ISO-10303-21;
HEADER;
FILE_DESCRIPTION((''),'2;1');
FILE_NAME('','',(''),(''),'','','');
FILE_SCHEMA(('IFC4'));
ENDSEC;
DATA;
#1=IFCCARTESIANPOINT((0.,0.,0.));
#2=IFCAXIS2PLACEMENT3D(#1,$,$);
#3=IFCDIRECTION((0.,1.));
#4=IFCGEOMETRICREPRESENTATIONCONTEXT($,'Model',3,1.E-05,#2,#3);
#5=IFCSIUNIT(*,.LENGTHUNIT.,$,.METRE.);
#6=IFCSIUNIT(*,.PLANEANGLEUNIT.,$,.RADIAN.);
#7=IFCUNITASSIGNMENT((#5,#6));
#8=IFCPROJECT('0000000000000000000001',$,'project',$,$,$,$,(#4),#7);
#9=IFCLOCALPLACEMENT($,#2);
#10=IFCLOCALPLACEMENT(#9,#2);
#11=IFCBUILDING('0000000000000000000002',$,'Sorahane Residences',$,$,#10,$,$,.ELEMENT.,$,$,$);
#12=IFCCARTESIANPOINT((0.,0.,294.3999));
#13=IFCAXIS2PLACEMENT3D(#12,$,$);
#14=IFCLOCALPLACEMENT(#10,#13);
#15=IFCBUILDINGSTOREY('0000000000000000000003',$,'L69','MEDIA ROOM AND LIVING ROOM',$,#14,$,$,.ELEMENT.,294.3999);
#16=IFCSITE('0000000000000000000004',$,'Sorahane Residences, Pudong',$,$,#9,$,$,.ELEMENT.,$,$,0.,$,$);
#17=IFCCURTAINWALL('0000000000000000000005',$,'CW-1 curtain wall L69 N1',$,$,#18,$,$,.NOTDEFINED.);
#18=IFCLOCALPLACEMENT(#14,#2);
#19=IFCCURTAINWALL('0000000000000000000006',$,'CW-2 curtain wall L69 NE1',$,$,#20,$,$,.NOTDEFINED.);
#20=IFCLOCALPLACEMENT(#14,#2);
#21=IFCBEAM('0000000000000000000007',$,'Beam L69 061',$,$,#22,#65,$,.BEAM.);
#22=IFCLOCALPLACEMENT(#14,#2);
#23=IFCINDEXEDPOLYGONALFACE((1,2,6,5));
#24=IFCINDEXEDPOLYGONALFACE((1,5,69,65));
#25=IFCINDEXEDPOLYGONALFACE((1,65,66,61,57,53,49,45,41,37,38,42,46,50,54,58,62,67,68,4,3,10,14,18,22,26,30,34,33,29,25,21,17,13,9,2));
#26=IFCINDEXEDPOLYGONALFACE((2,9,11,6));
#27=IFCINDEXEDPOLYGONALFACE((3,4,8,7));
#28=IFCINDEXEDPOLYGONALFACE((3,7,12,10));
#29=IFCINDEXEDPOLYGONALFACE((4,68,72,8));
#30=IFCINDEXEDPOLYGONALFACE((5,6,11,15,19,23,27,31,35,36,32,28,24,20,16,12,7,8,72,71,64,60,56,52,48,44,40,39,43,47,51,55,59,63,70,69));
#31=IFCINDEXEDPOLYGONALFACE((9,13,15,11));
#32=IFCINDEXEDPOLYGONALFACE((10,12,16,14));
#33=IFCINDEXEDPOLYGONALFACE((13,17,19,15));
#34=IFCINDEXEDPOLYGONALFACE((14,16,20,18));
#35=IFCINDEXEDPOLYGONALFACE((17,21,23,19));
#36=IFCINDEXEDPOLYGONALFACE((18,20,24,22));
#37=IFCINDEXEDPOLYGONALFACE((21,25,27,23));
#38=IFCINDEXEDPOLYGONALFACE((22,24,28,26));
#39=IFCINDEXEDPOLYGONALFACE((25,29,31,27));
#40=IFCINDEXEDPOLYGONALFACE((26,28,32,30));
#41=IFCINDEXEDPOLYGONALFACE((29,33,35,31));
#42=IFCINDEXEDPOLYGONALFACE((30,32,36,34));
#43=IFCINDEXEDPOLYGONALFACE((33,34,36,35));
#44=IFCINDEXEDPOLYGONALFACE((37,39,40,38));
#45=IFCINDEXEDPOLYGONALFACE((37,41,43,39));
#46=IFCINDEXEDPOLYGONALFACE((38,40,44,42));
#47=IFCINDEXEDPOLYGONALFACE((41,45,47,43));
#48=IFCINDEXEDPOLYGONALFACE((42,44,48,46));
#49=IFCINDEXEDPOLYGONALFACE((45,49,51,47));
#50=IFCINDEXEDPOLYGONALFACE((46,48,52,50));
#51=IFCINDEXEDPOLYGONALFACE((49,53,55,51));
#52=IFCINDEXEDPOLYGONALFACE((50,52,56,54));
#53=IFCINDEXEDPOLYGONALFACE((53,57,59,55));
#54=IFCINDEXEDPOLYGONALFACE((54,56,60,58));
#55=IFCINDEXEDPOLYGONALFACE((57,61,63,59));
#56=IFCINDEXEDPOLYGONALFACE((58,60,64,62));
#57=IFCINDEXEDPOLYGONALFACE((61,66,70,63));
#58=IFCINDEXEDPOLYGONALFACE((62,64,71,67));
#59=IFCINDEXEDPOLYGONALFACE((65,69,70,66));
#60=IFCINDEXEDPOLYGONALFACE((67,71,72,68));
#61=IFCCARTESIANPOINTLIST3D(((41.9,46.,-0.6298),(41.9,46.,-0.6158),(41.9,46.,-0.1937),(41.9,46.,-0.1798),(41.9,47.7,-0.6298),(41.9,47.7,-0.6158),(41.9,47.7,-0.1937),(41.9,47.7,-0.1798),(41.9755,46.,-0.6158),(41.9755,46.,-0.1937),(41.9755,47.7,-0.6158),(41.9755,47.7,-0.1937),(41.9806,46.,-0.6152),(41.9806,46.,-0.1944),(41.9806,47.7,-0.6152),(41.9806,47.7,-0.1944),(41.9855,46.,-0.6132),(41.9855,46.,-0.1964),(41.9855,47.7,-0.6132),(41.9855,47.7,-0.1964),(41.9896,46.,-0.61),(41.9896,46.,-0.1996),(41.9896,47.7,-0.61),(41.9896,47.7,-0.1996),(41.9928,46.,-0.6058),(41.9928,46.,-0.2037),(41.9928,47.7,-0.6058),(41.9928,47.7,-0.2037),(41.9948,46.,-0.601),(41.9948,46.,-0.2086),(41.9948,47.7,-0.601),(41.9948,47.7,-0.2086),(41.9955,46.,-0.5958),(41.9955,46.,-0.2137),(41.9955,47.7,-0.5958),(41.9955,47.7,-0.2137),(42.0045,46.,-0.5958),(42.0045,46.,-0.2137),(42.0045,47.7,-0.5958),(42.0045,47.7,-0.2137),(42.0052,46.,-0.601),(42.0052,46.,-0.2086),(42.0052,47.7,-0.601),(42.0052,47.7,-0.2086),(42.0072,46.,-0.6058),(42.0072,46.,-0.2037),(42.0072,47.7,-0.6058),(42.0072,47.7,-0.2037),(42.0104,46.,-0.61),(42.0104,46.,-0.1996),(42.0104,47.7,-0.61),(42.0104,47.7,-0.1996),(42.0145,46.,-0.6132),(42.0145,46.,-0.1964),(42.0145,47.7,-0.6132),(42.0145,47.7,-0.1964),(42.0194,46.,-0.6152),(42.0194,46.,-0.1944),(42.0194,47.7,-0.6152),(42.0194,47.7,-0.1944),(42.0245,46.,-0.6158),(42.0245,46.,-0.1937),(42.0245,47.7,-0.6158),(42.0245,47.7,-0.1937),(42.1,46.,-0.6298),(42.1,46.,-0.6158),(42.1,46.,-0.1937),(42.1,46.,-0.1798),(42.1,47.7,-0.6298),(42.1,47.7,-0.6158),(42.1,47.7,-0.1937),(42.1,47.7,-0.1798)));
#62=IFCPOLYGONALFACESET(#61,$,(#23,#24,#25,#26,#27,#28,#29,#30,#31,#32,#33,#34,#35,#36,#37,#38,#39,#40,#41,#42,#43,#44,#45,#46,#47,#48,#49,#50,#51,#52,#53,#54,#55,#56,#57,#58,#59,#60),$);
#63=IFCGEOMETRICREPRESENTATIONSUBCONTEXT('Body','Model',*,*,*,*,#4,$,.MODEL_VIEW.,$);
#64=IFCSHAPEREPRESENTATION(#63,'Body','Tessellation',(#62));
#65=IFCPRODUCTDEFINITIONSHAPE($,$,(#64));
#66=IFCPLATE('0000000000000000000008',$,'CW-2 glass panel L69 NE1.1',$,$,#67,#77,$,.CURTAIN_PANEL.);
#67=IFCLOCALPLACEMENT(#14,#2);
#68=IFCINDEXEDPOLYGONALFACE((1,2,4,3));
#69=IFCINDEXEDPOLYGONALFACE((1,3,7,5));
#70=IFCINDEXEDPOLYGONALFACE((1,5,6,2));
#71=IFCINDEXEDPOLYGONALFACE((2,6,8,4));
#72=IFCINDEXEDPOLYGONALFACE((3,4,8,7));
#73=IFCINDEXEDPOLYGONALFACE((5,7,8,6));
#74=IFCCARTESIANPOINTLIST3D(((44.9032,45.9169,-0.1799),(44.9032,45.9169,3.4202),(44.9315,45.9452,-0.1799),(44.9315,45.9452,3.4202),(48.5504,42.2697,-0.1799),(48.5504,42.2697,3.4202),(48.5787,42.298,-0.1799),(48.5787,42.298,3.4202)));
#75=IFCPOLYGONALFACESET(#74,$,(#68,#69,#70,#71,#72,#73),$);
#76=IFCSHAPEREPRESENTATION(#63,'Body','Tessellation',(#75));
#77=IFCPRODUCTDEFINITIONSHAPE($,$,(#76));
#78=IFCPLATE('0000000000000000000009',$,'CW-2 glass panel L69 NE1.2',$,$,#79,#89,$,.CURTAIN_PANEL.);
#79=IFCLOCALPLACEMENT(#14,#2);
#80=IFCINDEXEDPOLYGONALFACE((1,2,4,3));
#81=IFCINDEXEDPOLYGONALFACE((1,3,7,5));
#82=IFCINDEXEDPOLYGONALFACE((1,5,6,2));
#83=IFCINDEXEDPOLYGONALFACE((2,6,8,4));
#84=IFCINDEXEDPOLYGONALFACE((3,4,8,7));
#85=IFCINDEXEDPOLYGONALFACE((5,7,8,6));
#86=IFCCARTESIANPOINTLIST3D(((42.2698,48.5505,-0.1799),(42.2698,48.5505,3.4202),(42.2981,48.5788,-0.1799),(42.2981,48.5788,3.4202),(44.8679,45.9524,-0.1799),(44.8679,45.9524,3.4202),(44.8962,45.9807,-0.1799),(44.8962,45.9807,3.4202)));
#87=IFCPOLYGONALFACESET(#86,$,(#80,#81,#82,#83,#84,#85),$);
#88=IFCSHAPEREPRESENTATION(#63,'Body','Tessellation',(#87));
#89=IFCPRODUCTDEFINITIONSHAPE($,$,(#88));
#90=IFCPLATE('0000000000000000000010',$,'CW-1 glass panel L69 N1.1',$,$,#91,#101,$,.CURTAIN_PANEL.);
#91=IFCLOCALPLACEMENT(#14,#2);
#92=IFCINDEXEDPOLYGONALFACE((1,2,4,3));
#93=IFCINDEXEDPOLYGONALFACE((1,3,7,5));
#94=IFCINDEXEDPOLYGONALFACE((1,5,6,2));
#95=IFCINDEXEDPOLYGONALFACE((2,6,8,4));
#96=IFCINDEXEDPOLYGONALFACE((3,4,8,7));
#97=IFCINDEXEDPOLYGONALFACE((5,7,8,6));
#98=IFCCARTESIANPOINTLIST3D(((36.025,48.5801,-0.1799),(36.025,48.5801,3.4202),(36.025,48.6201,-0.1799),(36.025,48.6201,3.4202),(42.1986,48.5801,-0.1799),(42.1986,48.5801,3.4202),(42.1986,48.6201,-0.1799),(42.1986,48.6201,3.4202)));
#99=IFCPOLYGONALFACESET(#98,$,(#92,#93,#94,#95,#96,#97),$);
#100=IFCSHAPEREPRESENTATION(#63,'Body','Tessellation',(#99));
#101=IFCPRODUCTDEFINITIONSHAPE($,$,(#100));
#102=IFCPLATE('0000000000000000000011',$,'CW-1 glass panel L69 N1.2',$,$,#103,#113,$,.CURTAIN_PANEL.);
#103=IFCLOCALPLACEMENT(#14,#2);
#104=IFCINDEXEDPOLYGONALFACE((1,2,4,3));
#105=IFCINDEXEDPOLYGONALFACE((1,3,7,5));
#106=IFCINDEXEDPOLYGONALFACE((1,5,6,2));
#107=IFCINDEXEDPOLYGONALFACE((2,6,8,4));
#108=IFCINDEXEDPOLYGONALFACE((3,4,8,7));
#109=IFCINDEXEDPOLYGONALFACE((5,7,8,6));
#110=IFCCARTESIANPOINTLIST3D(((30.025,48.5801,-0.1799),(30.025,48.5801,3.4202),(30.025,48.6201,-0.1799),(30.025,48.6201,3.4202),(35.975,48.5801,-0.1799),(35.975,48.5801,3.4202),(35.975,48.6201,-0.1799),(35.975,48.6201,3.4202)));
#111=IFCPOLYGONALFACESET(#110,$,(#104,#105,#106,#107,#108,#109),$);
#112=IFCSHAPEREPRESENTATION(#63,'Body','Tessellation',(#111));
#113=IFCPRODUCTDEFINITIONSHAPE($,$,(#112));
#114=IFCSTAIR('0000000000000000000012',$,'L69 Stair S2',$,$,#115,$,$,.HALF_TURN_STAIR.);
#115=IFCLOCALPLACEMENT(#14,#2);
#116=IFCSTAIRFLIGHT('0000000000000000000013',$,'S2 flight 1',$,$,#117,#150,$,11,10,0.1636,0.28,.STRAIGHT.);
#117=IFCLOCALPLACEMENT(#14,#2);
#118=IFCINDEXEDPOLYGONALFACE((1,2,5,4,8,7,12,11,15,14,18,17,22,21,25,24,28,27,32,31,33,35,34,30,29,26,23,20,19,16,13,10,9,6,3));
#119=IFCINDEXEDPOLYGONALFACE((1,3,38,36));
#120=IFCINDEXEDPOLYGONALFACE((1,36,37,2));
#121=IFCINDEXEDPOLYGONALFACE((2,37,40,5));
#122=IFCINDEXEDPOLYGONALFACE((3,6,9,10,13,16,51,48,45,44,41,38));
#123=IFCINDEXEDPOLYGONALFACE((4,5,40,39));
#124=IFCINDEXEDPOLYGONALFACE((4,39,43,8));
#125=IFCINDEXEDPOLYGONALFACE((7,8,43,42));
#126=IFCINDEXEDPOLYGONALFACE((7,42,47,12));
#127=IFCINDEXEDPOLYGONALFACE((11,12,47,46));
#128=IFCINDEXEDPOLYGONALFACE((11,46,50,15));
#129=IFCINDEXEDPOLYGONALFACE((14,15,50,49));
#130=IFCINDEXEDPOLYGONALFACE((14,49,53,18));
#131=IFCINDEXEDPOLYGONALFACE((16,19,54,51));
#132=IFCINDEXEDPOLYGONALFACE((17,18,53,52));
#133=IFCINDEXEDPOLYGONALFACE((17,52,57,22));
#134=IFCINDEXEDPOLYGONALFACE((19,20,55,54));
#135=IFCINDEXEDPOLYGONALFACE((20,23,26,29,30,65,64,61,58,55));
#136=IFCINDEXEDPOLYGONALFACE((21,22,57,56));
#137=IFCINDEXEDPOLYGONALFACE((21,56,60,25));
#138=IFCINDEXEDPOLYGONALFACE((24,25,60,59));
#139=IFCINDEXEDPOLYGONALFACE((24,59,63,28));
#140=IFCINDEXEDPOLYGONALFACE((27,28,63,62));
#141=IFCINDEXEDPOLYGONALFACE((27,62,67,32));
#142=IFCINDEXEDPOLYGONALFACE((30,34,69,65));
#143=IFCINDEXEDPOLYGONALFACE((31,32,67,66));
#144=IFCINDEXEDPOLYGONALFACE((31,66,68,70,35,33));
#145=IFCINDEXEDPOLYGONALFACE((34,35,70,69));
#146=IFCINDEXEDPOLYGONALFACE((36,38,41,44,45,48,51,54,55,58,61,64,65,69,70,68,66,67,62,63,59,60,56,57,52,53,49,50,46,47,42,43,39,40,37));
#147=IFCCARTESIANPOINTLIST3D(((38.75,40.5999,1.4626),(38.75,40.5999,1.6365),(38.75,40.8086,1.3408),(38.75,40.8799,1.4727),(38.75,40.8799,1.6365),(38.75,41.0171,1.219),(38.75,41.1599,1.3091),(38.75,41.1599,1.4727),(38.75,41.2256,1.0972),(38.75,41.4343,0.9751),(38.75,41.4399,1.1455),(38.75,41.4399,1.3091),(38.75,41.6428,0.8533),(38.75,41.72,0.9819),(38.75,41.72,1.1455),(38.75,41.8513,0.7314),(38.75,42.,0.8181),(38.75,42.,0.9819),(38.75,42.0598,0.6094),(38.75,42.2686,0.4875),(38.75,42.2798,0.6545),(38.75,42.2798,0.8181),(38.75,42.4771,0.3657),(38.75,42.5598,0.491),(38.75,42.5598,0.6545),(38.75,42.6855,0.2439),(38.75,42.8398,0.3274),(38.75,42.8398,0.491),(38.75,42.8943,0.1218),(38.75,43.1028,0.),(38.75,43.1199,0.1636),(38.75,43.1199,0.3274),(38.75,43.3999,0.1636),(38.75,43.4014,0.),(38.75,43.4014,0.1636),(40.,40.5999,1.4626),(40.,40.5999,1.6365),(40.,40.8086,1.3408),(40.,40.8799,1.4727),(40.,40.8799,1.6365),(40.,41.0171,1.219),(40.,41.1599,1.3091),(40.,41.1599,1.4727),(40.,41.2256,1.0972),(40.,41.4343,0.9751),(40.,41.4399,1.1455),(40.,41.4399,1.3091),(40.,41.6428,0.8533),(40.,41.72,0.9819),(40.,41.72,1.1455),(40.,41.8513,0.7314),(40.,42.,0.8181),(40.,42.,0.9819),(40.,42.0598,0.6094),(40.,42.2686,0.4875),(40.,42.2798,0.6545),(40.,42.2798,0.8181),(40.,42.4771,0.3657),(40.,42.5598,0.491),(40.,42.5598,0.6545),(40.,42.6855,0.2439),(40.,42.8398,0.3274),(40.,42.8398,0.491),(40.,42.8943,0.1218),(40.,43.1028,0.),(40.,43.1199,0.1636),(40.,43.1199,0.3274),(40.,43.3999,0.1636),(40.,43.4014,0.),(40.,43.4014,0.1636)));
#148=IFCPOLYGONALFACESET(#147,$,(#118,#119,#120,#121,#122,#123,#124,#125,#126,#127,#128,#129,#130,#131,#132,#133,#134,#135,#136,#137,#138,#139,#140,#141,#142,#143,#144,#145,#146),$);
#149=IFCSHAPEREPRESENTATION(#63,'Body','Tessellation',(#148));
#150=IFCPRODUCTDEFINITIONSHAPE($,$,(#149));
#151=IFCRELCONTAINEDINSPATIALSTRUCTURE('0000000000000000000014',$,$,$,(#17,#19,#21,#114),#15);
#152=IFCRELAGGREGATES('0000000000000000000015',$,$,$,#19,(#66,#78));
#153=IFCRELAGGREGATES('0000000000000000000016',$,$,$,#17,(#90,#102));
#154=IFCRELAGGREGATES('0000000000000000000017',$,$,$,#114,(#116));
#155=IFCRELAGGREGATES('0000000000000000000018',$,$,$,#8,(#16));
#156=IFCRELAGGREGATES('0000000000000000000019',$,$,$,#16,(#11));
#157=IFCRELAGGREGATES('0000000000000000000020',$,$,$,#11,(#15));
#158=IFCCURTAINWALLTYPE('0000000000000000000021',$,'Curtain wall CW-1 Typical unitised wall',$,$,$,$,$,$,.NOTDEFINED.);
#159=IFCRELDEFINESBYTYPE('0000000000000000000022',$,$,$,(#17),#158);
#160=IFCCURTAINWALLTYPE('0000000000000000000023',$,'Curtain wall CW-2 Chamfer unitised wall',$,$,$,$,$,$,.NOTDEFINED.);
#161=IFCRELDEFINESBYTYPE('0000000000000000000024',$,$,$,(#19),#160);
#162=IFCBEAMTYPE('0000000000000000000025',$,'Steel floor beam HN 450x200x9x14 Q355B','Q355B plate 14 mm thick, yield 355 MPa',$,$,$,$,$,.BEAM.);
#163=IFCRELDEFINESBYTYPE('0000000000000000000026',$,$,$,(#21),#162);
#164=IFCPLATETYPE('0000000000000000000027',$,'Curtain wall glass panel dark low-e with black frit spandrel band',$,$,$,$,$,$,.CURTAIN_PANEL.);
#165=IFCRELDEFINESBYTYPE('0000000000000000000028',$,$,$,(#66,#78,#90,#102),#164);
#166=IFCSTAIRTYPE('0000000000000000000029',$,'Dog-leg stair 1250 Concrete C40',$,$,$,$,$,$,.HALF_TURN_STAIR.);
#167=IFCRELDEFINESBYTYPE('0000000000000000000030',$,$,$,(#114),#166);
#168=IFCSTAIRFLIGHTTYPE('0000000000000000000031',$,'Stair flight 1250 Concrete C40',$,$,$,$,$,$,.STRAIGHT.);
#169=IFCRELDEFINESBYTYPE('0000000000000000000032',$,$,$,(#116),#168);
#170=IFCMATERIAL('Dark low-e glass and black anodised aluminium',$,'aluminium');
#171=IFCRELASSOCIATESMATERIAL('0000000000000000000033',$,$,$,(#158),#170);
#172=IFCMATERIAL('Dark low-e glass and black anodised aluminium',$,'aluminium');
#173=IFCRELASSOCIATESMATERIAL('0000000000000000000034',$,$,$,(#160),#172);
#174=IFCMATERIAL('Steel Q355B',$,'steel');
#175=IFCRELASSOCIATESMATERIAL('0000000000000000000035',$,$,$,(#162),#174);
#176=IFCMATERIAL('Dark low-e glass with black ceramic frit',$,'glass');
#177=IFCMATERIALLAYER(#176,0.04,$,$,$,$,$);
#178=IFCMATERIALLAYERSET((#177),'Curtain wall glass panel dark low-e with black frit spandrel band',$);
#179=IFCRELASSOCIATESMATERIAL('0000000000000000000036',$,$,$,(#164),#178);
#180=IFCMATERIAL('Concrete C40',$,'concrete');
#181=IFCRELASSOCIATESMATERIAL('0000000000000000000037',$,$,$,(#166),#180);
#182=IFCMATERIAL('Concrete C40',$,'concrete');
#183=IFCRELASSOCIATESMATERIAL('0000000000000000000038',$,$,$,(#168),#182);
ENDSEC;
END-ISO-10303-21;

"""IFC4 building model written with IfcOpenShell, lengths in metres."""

from ifc_helpers import new_model, si_unit, direction, frame, origin, origin_2d, place, context, subcontext, project, spatial, polyline, rectangle, i_section, outline, extrude, material, layer, layer_set, material_profile, profile_set, type_object, element, aggregate, save


model = new_model("IFC4")

# Units and contexts
model_context = context("Model", 3, precision=1e-05, world=origin(), true_north=direction((0.0, 1.0)))
body_context = subcontext(model_context, "Body", "Model", "MODEL_VIEW")
ifc_project = project(units=[si_unit("LENGTHUNIT", "METRE"), si_unit("PLANEANGLEUNIT", "RADIAN")], contexts=[model_context])

# Site, building, storey
site_placement = place(None, origin())
site = spatial("IfcSite", under=ifc_project, at=site_placement, Name="Sorahane Residences, Pudong", CompositionType="ELEMENT", RefElevation=0.0)
building_placement = place(site_placement, origin())
building = spatial("IfcBuilding", under=site, at=building_placement, Name="Sorahane Residences", CompositionType="ELEMENT")
storey_placement = place(building_placement, frame((0.0, 0.0, 294.3999)))
storey = spatial("IfcBuildingStorey", under=building, at=storey_placement, Name="L69", Description="MEDIA ROOM AND LIVING ROOM", CompositionType="ELEMENT", Elevation=294.3999)

# Curtain walls
ifc_material_1 = material(Name="Dark low-e glass and black anodised aluminium", Category="aluminium")
curtain_wall_type_1 = type_object("IfcCurtainWallType", Name="Curtain wall CW-1 Typical unitised wall", PredefinedType="NOTDEFINED", material=ifc_material_1)
curtain_wall_1_placement = place(storey_placement, origin())
curtain_wall_1 = element("IfcCurtainWall", 1, at=curtain_wall_1_placement, inside=storey, type_object=curtain_wall_type_1, Name="CW-1 curtain wall L69 N1", PredefinedType="NOTDEFINED")
ifc_material_2 = material(Name="Dark low-e glass and black anodised aluminium", Category="aluminium")
curtain_wall_type_2 = type_object("IfcCurtainWallType", Name="Curtain wall CW-2 Chamfer unitised wall", PredefinedType="NOTDEFINED", material=ifc_material_2)
curtain_wall_2_placement = place(storey_placement, origin())
curtain_wall_2 = element("IfcCurtainWall", 2, at=curtain_wall_2_placement, inside=storey, type_object=curtain_wall_type_2, Name="CW-2 curtain wall L69 NE1", PredefinedType="NOTDEFINED")

# Beam
ifc_material_3 = material(Name="Steel Q355B", Category="steel")
ifc_material_profile_1 = material_profile(ifc_material_3, i_section(OverallWidth=0.2, OverallDepth=0.45, WebThickness=0.009, FlangeThickness=0.0139, FilletRadius=0.02, at=origin_2d()), Name="HN 450x200x9x14")
ifc_profile_set_1 = profile_set([ifc_material_profile_1], Name="Steel Q355B")
beam_type = type_object("IfcBeamType", Name="Steel floor beam HN 450x200x9x14 Q355B", Description="Q355B plate 14 mm thick, yield 355 MPa", PredefinedType="BEAM", material=ifc_profile_set_1)
for number, where, z_axis, x_axis, name in (
    (3, (42.0, 46.0, -0.4048), (0.0, 1.0, 0.0), (-1.0, 0.0, 0.0), "Beam L69 061"),
):
    element("IfcBeam", number, at=place(storey_placement, frame(where, z_axis=z_axis, x_axis=x_axis)), inside=storey, type_object=beam_type, Name=name, PredefinedType="BEAM", context=body_context, shape_type="SweptSolid", body=[
        extrude(i_section(OverallWidth=0.2, OverallDepth=0.45, WebThickness=0.009, FlangeThickness=0.0139, FilletRadius=0.02, at=origin_2d()), origin(), (0.0, 0.0, 1.0), 1.7),
    ])

# Plates
ifc_material_4 = material(Name="Dark low-e glass with black ceramic frit", Category="glass")
ifc_layer_1 = layer(ifc_material_4, 0.04)
ifc_layer_set_1 = layer_set([ifc_layer_1], Name="Curtain wall glass panel dark low-e with black frit spandrel band")
plate_type = type_object("IfcPlateType", Name="Curtain wall glass panel dark low-e with black frit spandrel band", PredefinedType="CURTAIN_PANEL", material=ifc_layer_set_1)
plate_1_placement = place(storey_placement, frame((46.741, 44.1074, -0.1799), z_axis=(0.0, 0.0, 1.0), x_axis=(-0.707107, 0.707107, 0.0)))
plate_1 = element("IfcPlate", 4, at=plate_1_placement, type_object=plate_type, Name="CW-2 glass panel L69 NE1.1", PredefinedType="CURTAIN_PANEL", context=body_context, shape_type="SweptSolid", body=[
    extrude(rectangle(XDim=5.158, YDim=0.04, at=origin_2d()), origin(), (0.0, 0.0, 1.0), 3.6001),
])
plate_2_placement = place(storey_placement, frame((43.583, 47.2656, -0.1799), z_axis=(0.0, 0.0, 1.0), x_axis=(-0.707107, 0.707107, 0.0)))
plate_2 = element("IfcPlate", 5, at=plate_2_placement, type_object=plate_type, Name="CW-2 glass panel L69 NE1.2", PredefinedType="CURTAIN_PANEL", context=body_context, shape_type="SweptSolid", body=[
    extrude(rectangle(XDim=3.6743, YDim=0.04, at=origin_2d()), origin(), (0.0, 0.0, 1.0), 3.6001),
])
aggregate(curtain_wall_2, [plate_1, plate_2])
plate_3_placement = place(storey_placement, frame((39.1118, 48.6001, -0.1799), z_axis=(0.0, 0.0, 1.0), x_axis=(-1.0, 0.0, 0.0)))
plate_3 = element("IfcPlate", 6, at=plate_3_placement, type_object=plate_type, Name="CW-1 glass panel L69 N1.1", PredefinedType="CURTAIN_PANEL", context=body_context, shape_type="SweptSolid", body=[
    extrude(rectangle(XDim=6.1736, YDim=0.04, at=origin_2d()), origin(), (0.0, 0.0, 1.0), 3.6001),
])
plate_4_placement = place(storey_placement, frame((33.0, 48.6001, -0.1799), z_axis=(0.0, 0.0, 1.0), x_axis=(-1.0, 0.0, 0.0)))
plate_4 = element("IfcPlate", 7, at=plate_4_placement, type_object=plate_type, Name="CW-1 glass panel L69 N1.2", PredefinedType="CURTAIN_PANEL", context=body_context, shape_type="SweptSolid", body=[
    extrude(rectangle(XDim=5.95, YDim=0.04, at=origin_2d()), origin(), (0.0, 0.0, 1.0), 3.6001),
])
aggregate(curtain_wall_1, [plate_3, plate_4])

# Stair, stair flight
ifc_material_5 = material(Name="Concrete C40", Category="concrete")
stair_type = type_object("IfcStairType", Name="Dog-leg stair 1250 Concrete C40", PredefinedType="HALF_TURN_STAIR", material=ifc_material_5)
stair_placement = place(storey_placement, origin())
stair = element("IfcStair", 8, at=stair_placement, inside=storey, type_object=stair_type, Name="L69 Stair S2", PredefinedType="HALF_TURN_STAIR")
ifc_material_6 = material(Name="Concrete C40", Category="concrete")
stair_flight_type = type_object("IfcStairFlightType", Name="Stair flight 1250 Concrete C40", PredefinedType="STRAIGHT", material=ifc_material_6)
stair_flight_placement = place(storey_placement, frame((39.375, 43.3999, 0.0), z_axis=(0.0, 0.0, 1.0), x_axis=(0.0, -1.0, 0.0)))
stair_flight = element("IfcStairFlight", 9, at=stair_flight_placement, type_object=stair_flight_type, Name="S2 flight 1", NumberOfRisers=11, NumberOfTreads=10, PredefinedType="STRAIGHT", RiserHeight=0.1636, TreadLength=0.28, context=body_context, shape_type="SweptSolid", body=[
    extrude(outline(polyline([(-0.0015, 0.0), (-0.0015, 0.1636), (0.0, 0.1636), (0.28, 0.1636), (0.28, 0.3274), (0.5601, 0.3274), (0.5601, 0.491), (0.8401, 0.491), (0.8401, 0.6545), (1.1201, 0.6545), (1.1201, 0.8181), (1.3999, 0.8181), (1.3999, 0.9819), (1.6799, 0.9819), (1.6799, 1.1455), (1.96, 1.1455), (1.96, 1.3091), (2.24, 1.3091), (2.24, 1.4727), (2.52, 1.4727), (2.52, 1.6365), (2.8, 1.6365), (2.8, 1.8), (2.8, 1.4626), (2.5913, 1.3408), (2.3828, 1.219), (2.1743, 1.0972), (1.9656, 0.9751), (1.7571, 0.8533), (1.5486, 0.7314), (1.3401, 0.6094), (1.1313, 0.4875), (0.9229, 0.3657), (0.7144, 0.2439), (0.5056, 0.1218), (0.2971, 0.0), (-0.0015, 0.0)])), frame((0.0, 0.625, 0.0), z_axis=(0.0, -1.0, 0.0), x_axis=(1.0, 0.0, 0.0)), (0.0, 0.0, 1.0), 1.25),
])
aggregate(stair, [stair_flight])

save(model, "model.ifc")
